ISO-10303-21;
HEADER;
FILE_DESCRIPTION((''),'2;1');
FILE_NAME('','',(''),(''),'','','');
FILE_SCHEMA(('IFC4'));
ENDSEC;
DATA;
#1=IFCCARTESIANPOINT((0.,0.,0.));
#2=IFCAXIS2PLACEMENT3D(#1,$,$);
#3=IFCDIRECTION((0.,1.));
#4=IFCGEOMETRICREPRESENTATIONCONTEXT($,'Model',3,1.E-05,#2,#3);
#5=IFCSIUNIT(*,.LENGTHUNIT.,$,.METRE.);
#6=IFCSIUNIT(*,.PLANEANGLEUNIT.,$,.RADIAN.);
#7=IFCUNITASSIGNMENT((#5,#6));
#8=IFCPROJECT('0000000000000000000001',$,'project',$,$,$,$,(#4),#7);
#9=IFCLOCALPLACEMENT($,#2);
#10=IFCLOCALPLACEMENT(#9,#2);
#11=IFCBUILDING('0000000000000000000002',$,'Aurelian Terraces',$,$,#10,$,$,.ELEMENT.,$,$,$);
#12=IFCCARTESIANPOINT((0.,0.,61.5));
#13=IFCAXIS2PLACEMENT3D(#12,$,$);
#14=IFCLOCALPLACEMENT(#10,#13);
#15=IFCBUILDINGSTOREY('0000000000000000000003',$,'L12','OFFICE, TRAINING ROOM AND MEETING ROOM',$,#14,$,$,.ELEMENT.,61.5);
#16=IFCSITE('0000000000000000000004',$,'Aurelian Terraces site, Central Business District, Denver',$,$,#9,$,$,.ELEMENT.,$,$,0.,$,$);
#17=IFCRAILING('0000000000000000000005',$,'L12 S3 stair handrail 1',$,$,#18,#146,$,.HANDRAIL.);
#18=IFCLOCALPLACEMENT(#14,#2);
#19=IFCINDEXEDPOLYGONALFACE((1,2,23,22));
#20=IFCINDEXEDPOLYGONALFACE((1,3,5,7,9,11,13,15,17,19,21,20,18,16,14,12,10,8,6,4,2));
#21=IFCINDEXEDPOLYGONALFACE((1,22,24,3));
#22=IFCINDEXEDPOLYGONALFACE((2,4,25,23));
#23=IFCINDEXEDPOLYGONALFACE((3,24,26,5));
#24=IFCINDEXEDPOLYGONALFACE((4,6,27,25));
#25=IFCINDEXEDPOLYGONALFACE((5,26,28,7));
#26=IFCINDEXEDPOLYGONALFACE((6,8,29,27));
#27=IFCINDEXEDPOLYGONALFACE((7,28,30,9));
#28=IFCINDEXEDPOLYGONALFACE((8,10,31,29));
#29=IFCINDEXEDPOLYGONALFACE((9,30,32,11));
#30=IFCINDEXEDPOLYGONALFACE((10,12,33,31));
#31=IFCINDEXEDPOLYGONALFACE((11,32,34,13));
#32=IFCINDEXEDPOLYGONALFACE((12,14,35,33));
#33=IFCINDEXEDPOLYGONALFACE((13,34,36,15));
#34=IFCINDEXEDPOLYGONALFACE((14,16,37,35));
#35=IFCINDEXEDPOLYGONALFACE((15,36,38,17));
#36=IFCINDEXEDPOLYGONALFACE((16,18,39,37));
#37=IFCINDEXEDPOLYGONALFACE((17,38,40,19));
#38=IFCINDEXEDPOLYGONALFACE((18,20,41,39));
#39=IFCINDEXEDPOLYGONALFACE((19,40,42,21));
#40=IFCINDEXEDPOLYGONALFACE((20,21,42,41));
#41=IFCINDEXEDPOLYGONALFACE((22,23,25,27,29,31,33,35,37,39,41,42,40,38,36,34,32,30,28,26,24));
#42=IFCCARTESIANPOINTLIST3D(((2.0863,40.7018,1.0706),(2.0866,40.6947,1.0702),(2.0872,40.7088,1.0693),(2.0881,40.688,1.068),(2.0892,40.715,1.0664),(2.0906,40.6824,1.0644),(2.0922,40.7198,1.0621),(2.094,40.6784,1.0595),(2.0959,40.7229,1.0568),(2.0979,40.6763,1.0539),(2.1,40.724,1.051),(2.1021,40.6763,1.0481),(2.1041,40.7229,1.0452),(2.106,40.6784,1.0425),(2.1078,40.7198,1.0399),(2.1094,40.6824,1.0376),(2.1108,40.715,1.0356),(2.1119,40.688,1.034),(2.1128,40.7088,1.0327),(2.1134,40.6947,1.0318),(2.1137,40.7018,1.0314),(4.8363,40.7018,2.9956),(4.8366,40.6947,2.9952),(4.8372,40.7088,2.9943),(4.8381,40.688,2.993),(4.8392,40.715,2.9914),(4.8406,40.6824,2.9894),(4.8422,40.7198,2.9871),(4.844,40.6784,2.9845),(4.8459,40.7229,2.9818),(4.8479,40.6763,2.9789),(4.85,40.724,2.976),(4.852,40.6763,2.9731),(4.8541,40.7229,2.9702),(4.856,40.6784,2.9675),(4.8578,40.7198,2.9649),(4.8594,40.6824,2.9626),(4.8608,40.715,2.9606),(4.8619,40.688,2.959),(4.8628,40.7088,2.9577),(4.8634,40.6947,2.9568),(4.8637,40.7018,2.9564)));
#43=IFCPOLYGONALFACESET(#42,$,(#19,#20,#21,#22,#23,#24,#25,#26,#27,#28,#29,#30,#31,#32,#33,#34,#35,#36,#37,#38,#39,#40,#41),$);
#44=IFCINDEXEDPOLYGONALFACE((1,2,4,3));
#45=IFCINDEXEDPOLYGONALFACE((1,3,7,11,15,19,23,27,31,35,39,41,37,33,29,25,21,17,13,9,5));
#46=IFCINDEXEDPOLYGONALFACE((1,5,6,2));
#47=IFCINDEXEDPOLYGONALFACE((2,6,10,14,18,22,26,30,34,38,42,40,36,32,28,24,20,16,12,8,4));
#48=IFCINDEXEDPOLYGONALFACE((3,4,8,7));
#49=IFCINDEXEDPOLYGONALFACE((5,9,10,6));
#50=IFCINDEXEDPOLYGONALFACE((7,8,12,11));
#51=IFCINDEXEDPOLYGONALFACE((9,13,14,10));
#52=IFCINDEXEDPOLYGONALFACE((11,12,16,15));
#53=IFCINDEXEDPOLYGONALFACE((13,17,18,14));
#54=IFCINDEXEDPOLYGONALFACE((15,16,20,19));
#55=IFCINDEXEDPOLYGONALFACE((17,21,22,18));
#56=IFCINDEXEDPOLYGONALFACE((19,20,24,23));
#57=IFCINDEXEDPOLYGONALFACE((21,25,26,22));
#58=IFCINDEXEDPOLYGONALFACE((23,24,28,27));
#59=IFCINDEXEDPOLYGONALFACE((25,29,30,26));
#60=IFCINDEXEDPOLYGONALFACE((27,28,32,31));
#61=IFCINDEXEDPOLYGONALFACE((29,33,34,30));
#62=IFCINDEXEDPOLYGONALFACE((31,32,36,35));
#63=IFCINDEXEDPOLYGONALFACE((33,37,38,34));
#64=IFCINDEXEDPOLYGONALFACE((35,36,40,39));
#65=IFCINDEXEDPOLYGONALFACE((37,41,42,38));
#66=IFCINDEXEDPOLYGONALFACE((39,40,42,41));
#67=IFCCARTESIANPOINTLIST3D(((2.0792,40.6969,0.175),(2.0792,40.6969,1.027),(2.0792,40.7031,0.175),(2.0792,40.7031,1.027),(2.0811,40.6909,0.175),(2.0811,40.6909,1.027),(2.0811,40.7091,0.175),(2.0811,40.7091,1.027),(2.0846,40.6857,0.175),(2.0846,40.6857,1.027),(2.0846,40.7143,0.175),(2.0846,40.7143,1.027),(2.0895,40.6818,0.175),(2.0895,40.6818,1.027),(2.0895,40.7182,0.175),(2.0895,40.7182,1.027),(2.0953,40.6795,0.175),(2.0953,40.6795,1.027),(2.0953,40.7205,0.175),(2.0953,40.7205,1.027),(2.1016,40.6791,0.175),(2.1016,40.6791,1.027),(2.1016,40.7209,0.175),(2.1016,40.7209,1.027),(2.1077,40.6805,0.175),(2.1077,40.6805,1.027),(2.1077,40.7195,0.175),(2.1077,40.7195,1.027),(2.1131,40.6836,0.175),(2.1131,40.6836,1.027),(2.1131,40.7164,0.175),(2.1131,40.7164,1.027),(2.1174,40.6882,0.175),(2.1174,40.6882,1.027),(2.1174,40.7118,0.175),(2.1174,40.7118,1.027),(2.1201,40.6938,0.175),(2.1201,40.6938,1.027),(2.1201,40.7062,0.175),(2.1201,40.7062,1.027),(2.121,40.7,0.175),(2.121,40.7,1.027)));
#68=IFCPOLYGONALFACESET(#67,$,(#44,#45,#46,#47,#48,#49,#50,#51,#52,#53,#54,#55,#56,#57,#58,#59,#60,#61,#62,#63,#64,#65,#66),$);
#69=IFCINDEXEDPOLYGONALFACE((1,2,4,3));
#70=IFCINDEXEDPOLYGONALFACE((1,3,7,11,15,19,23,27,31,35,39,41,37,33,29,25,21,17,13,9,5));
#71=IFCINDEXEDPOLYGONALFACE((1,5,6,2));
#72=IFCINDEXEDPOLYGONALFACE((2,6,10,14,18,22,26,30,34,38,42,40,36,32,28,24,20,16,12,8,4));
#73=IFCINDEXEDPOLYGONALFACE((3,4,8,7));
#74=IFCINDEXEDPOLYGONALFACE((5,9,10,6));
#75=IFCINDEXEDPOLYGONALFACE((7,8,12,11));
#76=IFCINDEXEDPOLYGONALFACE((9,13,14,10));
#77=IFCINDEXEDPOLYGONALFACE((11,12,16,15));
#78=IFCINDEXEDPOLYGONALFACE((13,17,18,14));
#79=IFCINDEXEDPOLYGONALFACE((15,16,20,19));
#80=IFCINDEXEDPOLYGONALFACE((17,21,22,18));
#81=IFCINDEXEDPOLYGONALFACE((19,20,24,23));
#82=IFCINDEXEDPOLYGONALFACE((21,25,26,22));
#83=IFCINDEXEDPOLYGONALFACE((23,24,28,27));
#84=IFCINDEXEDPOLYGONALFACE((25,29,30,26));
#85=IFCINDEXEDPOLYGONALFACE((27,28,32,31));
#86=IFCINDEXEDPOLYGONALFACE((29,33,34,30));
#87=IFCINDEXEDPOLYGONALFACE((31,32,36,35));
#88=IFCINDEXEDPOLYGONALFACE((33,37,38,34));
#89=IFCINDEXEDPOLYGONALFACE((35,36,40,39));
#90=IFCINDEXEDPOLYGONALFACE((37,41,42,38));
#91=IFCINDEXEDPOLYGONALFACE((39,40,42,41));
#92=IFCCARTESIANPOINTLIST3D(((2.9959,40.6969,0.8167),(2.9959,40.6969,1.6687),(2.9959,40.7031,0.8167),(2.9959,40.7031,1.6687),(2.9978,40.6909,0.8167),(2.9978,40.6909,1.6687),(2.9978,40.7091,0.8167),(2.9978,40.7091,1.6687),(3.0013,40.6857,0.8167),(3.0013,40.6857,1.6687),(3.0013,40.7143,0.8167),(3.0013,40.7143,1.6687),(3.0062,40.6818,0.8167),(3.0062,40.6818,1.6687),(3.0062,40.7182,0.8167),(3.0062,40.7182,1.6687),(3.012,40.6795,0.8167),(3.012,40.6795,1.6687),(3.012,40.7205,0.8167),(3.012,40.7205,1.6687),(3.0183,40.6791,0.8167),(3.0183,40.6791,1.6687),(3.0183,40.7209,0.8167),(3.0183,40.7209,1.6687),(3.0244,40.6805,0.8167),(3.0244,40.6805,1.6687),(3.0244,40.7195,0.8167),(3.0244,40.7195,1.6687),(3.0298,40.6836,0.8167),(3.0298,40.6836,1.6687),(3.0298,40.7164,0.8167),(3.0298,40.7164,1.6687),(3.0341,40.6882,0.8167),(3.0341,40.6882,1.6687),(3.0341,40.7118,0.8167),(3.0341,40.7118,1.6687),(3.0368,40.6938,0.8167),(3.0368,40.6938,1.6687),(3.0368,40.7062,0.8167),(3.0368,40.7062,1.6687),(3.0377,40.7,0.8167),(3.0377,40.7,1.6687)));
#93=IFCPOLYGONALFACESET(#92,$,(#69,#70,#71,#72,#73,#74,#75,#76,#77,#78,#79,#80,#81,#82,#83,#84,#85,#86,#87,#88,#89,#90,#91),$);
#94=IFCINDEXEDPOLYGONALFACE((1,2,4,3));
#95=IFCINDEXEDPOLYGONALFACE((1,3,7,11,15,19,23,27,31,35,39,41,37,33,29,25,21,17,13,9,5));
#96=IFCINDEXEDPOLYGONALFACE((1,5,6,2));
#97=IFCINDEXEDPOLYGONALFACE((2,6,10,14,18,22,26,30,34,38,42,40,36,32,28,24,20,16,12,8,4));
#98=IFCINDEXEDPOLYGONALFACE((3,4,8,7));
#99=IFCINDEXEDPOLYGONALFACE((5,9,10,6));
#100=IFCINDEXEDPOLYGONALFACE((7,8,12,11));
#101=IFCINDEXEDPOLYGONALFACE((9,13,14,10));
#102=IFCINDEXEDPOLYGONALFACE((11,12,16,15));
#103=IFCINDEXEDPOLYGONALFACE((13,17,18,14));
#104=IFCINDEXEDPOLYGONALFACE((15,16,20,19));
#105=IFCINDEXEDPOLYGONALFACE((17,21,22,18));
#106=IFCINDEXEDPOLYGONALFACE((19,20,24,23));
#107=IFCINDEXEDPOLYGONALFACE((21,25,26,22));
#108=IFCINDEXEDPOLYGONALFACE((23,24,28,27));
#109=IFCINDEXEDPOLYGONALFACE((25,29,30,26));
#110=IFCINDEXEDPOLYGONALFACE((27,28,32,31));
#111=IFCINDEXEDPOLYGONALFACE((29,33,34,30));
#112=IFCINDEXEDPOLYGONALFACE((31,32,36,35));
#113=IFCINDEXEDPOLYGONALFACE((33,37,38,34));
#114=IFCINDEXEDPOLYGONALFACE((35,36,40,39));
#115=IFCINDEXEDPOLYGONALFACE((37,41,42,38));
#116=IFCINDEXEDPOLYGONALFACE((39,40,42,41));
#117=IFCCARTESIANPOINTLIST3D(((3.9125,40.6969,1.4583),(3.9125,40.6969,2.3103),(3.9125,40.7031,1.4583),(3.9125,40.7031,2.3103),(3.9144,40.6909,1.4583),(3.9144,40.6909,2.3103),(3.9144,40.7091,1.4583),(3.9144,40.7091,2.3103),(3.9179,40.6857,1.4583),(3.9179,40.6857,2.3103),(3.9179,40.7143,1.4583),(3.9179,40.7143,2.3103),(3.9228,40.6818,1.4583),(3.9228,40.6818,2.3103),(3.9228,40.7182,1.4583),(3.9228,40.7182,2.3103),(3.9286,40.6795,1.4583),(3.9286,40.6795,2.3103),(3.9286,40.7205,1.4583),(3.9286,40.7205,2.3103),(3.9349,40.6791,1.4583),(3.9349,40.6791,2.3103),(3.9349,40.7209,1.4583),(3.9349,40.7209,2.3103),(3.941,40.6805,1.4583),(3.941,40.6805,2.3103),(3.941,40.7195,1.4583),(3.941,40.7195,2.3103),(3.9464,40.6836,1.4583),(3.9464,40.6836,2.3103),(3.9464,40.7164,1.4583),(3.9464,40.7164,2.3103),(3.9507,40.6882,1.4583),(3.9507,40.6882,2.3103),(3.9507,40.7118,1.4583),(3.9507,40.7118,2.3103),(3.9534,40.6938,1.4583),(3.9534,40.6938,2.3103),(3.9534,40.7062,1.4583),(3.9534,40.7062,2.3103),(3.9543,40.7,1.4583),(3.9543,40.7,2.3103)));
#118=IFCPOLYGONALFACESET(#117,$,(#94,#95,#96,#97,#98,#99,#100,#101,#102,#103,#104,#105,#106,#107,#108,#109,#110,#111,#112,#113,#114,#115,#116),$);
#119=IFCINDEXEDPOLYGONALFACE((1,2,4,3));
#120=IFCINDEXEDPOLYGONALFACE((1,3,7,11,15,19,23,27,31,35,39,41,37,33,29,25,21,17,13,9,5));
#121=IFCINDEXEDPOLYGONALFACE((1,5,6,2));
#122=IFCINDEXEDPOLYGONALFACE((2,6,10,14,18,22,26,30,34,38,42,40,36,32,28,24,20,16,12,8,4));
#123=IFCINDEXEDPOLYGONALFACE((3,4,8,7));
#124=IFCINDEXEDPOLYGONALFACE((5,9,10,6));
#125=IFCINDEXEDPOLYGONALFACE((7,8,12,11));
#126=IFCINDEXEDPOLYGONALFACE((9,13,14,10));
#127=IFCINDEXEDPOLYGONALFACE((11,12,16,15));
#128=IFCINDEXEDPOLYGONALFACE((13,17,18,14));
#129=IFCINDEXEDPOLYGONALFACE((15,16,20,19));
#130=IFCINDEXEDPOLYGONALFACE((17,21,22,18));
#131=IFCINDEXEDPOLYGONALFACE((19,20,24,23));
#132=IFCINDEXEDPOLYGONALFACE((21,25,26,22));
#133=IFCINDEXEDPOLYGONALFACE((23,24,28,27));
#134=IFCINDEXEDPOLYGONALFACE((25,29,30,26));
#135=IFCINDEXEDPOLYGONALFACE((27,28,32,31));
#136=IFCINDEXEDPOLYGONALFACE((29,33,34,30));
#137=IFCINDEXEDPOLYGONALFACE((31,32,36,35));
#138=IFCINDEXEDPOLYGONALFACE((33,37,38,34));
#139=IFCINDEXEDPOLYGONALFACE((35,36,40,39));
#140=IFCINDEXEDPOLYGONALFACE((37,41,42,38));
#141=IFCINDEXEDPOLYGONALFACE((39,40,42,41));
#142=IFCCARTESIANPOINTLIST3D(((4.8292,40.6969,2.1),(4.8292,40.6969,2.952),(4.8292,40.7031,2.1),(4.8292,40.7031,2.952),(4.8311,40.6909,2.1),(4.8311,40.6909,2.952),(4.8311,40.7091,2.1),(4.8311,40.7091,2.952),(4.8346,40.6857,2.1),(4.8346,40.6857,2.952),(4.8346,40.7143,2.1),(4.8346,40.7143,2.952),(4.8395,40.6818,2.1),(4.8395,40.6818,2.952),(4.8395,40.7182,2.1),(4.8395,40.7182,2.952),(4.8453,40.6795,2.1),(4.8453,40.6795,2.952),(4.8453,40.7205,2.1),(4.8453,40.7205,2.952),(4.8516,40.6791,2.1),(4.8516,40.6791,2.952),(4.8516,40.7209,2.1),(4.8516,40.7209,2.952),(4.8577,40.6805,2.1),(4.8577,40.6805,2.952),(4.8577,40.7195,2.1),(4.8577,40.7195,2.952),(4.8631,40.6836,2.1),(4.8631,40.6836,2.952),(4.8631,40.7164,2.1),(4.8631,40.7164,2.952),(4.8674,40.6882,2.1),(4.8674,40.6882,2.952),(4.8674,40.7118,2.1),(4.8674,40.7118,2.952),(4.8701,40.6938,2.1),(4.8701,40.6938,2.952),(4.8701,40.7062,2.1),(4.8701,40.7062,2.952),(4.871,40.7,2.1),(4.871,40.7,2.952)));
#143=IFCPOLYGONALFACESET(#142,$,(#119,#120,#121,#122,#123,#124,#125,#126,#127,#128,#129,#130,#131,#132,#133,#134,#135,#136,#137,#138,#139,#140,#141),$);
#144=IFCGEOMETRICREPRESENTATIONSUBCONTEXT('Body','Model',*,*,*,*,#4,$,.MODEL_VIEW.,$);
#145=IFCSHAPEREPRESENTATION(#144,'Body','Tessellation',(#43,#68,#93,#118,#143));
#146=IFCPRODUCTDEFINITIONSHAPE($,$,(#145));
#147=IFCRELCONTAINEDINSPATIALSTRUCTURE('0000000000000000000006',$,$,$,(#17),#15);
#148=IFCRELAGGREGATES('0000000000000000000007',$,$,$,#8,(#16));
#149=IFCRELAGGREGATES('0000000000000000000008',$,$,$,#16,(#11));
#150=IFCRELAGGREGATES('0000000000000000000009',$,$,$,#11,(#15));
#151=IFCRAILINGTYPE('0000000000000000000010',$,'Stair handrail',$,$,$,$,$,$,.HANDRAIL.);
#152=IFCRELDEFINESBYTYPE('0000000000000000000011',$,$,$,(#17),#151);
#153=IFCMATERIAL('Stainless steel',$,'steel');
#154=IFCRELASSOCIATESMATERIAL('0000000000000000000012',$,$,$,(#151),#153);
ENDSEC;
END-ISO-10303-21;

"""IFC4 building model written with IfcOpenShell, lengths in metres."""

from ifc_helpers import new_model, si_unit, direction, frame, origin, origin_2d, place, context, subcontext, project, spatial, circle, extrude, source, transform, mapped, material, type_object, element, save


model = new_model("IFC4")

# Units and contexts
model_context = context("Model", 3, precision=1e-05, world=origin(), true_north=direction((0.0, 1.0)))
body_context = subcontext(model_context, "Body", "Model", "MODEL_VIEW")
ifc_project = project(units=[si_unit("LENGTHUNIT", "METRE"), si_unit("PLANEANGLEUNIT", "RADIAN")], contexts=[model_context])

# Site, building, storey
site_placement = place(None, origin())
site = spatial("IfcSite", under=ifc_project, at=site_placement, Name="Aurelian Terraces site, Central Business District, Denver", CompositionType="ELEMENT", RefElevation=0.0)
building_placement = place(site_placement, origin())
building = spatial("IfcBuilding", under=site, at=building_placement, Name="Aurelian Terraces", CompositionType="ELEMENT")
storey_placement = place(building_placement, frame((0.0, 0.0, 61.5)))
storey = spatial("IfcBuildingStorey", under=building, at=storey_placement, Name="L12", Description="OFFICE, TRAINING ROOM AND MEETING ROOM", CompositionType="ELEMENT", Elevation=61.5)

# Railing
ifc_material_1 = material(Name="Stainless steel", Category="steel")
railing_type_1 = type_object("IfcRailingType", Name="Stair handrail", PredefinedType="HANDRAIL", material=ifc_material_1)
shared_shape_1 = source(origin(), body_context, "Body", "SweptSolid", [
    extrude(circle(Radius=0.024, at=origin_2d()), frame((0.0, 0.0, 0.876), z_axis=(0.819232, 0.0, 0.573462), x_axis=(0.0, 1.0, 0.0)), (0.0, 0.0, 1.0), 3.3568),
    extrude(circle(Radius=0.021, at=origin_2d()), origin(), (0.0, 0.0, 1.0), 0.852),
    extrude(circle(Radius=0.021, at=origin_2d()), frame((0.9167, 0.0, 0.6417)), (0.0, 0.0, 1.0), 0.852),
    extrude(circle(Radius=0.021, at=origin_2d()), frame((1.8333, 0.0, 1.2833)), (0.0, 0.0, 1.0), 0.852),
    extrude(circle(Radius=0.021, at=origin_2d()), frame((2.75, 0.0, 1.925)), (0.0, 0.0, 1.0), 0.852),
])
railing_1_placement = place(storey_placement, frame((2.1, 40.7, 0.175)))
element("IfcRailing", 1, at=railing_1_placement, inside=storey, type_object=railing_type_1, Name="L12 S3 stair handrail 1", PredefinedType="HANDRAIL", context=body_context, shape_type="MappedRepresentation", body=[
    mapped(shared_shape_1, transform((0.0, 0.0, 0.0), scale=1.0)),
])

save(model, "model.ifc")
